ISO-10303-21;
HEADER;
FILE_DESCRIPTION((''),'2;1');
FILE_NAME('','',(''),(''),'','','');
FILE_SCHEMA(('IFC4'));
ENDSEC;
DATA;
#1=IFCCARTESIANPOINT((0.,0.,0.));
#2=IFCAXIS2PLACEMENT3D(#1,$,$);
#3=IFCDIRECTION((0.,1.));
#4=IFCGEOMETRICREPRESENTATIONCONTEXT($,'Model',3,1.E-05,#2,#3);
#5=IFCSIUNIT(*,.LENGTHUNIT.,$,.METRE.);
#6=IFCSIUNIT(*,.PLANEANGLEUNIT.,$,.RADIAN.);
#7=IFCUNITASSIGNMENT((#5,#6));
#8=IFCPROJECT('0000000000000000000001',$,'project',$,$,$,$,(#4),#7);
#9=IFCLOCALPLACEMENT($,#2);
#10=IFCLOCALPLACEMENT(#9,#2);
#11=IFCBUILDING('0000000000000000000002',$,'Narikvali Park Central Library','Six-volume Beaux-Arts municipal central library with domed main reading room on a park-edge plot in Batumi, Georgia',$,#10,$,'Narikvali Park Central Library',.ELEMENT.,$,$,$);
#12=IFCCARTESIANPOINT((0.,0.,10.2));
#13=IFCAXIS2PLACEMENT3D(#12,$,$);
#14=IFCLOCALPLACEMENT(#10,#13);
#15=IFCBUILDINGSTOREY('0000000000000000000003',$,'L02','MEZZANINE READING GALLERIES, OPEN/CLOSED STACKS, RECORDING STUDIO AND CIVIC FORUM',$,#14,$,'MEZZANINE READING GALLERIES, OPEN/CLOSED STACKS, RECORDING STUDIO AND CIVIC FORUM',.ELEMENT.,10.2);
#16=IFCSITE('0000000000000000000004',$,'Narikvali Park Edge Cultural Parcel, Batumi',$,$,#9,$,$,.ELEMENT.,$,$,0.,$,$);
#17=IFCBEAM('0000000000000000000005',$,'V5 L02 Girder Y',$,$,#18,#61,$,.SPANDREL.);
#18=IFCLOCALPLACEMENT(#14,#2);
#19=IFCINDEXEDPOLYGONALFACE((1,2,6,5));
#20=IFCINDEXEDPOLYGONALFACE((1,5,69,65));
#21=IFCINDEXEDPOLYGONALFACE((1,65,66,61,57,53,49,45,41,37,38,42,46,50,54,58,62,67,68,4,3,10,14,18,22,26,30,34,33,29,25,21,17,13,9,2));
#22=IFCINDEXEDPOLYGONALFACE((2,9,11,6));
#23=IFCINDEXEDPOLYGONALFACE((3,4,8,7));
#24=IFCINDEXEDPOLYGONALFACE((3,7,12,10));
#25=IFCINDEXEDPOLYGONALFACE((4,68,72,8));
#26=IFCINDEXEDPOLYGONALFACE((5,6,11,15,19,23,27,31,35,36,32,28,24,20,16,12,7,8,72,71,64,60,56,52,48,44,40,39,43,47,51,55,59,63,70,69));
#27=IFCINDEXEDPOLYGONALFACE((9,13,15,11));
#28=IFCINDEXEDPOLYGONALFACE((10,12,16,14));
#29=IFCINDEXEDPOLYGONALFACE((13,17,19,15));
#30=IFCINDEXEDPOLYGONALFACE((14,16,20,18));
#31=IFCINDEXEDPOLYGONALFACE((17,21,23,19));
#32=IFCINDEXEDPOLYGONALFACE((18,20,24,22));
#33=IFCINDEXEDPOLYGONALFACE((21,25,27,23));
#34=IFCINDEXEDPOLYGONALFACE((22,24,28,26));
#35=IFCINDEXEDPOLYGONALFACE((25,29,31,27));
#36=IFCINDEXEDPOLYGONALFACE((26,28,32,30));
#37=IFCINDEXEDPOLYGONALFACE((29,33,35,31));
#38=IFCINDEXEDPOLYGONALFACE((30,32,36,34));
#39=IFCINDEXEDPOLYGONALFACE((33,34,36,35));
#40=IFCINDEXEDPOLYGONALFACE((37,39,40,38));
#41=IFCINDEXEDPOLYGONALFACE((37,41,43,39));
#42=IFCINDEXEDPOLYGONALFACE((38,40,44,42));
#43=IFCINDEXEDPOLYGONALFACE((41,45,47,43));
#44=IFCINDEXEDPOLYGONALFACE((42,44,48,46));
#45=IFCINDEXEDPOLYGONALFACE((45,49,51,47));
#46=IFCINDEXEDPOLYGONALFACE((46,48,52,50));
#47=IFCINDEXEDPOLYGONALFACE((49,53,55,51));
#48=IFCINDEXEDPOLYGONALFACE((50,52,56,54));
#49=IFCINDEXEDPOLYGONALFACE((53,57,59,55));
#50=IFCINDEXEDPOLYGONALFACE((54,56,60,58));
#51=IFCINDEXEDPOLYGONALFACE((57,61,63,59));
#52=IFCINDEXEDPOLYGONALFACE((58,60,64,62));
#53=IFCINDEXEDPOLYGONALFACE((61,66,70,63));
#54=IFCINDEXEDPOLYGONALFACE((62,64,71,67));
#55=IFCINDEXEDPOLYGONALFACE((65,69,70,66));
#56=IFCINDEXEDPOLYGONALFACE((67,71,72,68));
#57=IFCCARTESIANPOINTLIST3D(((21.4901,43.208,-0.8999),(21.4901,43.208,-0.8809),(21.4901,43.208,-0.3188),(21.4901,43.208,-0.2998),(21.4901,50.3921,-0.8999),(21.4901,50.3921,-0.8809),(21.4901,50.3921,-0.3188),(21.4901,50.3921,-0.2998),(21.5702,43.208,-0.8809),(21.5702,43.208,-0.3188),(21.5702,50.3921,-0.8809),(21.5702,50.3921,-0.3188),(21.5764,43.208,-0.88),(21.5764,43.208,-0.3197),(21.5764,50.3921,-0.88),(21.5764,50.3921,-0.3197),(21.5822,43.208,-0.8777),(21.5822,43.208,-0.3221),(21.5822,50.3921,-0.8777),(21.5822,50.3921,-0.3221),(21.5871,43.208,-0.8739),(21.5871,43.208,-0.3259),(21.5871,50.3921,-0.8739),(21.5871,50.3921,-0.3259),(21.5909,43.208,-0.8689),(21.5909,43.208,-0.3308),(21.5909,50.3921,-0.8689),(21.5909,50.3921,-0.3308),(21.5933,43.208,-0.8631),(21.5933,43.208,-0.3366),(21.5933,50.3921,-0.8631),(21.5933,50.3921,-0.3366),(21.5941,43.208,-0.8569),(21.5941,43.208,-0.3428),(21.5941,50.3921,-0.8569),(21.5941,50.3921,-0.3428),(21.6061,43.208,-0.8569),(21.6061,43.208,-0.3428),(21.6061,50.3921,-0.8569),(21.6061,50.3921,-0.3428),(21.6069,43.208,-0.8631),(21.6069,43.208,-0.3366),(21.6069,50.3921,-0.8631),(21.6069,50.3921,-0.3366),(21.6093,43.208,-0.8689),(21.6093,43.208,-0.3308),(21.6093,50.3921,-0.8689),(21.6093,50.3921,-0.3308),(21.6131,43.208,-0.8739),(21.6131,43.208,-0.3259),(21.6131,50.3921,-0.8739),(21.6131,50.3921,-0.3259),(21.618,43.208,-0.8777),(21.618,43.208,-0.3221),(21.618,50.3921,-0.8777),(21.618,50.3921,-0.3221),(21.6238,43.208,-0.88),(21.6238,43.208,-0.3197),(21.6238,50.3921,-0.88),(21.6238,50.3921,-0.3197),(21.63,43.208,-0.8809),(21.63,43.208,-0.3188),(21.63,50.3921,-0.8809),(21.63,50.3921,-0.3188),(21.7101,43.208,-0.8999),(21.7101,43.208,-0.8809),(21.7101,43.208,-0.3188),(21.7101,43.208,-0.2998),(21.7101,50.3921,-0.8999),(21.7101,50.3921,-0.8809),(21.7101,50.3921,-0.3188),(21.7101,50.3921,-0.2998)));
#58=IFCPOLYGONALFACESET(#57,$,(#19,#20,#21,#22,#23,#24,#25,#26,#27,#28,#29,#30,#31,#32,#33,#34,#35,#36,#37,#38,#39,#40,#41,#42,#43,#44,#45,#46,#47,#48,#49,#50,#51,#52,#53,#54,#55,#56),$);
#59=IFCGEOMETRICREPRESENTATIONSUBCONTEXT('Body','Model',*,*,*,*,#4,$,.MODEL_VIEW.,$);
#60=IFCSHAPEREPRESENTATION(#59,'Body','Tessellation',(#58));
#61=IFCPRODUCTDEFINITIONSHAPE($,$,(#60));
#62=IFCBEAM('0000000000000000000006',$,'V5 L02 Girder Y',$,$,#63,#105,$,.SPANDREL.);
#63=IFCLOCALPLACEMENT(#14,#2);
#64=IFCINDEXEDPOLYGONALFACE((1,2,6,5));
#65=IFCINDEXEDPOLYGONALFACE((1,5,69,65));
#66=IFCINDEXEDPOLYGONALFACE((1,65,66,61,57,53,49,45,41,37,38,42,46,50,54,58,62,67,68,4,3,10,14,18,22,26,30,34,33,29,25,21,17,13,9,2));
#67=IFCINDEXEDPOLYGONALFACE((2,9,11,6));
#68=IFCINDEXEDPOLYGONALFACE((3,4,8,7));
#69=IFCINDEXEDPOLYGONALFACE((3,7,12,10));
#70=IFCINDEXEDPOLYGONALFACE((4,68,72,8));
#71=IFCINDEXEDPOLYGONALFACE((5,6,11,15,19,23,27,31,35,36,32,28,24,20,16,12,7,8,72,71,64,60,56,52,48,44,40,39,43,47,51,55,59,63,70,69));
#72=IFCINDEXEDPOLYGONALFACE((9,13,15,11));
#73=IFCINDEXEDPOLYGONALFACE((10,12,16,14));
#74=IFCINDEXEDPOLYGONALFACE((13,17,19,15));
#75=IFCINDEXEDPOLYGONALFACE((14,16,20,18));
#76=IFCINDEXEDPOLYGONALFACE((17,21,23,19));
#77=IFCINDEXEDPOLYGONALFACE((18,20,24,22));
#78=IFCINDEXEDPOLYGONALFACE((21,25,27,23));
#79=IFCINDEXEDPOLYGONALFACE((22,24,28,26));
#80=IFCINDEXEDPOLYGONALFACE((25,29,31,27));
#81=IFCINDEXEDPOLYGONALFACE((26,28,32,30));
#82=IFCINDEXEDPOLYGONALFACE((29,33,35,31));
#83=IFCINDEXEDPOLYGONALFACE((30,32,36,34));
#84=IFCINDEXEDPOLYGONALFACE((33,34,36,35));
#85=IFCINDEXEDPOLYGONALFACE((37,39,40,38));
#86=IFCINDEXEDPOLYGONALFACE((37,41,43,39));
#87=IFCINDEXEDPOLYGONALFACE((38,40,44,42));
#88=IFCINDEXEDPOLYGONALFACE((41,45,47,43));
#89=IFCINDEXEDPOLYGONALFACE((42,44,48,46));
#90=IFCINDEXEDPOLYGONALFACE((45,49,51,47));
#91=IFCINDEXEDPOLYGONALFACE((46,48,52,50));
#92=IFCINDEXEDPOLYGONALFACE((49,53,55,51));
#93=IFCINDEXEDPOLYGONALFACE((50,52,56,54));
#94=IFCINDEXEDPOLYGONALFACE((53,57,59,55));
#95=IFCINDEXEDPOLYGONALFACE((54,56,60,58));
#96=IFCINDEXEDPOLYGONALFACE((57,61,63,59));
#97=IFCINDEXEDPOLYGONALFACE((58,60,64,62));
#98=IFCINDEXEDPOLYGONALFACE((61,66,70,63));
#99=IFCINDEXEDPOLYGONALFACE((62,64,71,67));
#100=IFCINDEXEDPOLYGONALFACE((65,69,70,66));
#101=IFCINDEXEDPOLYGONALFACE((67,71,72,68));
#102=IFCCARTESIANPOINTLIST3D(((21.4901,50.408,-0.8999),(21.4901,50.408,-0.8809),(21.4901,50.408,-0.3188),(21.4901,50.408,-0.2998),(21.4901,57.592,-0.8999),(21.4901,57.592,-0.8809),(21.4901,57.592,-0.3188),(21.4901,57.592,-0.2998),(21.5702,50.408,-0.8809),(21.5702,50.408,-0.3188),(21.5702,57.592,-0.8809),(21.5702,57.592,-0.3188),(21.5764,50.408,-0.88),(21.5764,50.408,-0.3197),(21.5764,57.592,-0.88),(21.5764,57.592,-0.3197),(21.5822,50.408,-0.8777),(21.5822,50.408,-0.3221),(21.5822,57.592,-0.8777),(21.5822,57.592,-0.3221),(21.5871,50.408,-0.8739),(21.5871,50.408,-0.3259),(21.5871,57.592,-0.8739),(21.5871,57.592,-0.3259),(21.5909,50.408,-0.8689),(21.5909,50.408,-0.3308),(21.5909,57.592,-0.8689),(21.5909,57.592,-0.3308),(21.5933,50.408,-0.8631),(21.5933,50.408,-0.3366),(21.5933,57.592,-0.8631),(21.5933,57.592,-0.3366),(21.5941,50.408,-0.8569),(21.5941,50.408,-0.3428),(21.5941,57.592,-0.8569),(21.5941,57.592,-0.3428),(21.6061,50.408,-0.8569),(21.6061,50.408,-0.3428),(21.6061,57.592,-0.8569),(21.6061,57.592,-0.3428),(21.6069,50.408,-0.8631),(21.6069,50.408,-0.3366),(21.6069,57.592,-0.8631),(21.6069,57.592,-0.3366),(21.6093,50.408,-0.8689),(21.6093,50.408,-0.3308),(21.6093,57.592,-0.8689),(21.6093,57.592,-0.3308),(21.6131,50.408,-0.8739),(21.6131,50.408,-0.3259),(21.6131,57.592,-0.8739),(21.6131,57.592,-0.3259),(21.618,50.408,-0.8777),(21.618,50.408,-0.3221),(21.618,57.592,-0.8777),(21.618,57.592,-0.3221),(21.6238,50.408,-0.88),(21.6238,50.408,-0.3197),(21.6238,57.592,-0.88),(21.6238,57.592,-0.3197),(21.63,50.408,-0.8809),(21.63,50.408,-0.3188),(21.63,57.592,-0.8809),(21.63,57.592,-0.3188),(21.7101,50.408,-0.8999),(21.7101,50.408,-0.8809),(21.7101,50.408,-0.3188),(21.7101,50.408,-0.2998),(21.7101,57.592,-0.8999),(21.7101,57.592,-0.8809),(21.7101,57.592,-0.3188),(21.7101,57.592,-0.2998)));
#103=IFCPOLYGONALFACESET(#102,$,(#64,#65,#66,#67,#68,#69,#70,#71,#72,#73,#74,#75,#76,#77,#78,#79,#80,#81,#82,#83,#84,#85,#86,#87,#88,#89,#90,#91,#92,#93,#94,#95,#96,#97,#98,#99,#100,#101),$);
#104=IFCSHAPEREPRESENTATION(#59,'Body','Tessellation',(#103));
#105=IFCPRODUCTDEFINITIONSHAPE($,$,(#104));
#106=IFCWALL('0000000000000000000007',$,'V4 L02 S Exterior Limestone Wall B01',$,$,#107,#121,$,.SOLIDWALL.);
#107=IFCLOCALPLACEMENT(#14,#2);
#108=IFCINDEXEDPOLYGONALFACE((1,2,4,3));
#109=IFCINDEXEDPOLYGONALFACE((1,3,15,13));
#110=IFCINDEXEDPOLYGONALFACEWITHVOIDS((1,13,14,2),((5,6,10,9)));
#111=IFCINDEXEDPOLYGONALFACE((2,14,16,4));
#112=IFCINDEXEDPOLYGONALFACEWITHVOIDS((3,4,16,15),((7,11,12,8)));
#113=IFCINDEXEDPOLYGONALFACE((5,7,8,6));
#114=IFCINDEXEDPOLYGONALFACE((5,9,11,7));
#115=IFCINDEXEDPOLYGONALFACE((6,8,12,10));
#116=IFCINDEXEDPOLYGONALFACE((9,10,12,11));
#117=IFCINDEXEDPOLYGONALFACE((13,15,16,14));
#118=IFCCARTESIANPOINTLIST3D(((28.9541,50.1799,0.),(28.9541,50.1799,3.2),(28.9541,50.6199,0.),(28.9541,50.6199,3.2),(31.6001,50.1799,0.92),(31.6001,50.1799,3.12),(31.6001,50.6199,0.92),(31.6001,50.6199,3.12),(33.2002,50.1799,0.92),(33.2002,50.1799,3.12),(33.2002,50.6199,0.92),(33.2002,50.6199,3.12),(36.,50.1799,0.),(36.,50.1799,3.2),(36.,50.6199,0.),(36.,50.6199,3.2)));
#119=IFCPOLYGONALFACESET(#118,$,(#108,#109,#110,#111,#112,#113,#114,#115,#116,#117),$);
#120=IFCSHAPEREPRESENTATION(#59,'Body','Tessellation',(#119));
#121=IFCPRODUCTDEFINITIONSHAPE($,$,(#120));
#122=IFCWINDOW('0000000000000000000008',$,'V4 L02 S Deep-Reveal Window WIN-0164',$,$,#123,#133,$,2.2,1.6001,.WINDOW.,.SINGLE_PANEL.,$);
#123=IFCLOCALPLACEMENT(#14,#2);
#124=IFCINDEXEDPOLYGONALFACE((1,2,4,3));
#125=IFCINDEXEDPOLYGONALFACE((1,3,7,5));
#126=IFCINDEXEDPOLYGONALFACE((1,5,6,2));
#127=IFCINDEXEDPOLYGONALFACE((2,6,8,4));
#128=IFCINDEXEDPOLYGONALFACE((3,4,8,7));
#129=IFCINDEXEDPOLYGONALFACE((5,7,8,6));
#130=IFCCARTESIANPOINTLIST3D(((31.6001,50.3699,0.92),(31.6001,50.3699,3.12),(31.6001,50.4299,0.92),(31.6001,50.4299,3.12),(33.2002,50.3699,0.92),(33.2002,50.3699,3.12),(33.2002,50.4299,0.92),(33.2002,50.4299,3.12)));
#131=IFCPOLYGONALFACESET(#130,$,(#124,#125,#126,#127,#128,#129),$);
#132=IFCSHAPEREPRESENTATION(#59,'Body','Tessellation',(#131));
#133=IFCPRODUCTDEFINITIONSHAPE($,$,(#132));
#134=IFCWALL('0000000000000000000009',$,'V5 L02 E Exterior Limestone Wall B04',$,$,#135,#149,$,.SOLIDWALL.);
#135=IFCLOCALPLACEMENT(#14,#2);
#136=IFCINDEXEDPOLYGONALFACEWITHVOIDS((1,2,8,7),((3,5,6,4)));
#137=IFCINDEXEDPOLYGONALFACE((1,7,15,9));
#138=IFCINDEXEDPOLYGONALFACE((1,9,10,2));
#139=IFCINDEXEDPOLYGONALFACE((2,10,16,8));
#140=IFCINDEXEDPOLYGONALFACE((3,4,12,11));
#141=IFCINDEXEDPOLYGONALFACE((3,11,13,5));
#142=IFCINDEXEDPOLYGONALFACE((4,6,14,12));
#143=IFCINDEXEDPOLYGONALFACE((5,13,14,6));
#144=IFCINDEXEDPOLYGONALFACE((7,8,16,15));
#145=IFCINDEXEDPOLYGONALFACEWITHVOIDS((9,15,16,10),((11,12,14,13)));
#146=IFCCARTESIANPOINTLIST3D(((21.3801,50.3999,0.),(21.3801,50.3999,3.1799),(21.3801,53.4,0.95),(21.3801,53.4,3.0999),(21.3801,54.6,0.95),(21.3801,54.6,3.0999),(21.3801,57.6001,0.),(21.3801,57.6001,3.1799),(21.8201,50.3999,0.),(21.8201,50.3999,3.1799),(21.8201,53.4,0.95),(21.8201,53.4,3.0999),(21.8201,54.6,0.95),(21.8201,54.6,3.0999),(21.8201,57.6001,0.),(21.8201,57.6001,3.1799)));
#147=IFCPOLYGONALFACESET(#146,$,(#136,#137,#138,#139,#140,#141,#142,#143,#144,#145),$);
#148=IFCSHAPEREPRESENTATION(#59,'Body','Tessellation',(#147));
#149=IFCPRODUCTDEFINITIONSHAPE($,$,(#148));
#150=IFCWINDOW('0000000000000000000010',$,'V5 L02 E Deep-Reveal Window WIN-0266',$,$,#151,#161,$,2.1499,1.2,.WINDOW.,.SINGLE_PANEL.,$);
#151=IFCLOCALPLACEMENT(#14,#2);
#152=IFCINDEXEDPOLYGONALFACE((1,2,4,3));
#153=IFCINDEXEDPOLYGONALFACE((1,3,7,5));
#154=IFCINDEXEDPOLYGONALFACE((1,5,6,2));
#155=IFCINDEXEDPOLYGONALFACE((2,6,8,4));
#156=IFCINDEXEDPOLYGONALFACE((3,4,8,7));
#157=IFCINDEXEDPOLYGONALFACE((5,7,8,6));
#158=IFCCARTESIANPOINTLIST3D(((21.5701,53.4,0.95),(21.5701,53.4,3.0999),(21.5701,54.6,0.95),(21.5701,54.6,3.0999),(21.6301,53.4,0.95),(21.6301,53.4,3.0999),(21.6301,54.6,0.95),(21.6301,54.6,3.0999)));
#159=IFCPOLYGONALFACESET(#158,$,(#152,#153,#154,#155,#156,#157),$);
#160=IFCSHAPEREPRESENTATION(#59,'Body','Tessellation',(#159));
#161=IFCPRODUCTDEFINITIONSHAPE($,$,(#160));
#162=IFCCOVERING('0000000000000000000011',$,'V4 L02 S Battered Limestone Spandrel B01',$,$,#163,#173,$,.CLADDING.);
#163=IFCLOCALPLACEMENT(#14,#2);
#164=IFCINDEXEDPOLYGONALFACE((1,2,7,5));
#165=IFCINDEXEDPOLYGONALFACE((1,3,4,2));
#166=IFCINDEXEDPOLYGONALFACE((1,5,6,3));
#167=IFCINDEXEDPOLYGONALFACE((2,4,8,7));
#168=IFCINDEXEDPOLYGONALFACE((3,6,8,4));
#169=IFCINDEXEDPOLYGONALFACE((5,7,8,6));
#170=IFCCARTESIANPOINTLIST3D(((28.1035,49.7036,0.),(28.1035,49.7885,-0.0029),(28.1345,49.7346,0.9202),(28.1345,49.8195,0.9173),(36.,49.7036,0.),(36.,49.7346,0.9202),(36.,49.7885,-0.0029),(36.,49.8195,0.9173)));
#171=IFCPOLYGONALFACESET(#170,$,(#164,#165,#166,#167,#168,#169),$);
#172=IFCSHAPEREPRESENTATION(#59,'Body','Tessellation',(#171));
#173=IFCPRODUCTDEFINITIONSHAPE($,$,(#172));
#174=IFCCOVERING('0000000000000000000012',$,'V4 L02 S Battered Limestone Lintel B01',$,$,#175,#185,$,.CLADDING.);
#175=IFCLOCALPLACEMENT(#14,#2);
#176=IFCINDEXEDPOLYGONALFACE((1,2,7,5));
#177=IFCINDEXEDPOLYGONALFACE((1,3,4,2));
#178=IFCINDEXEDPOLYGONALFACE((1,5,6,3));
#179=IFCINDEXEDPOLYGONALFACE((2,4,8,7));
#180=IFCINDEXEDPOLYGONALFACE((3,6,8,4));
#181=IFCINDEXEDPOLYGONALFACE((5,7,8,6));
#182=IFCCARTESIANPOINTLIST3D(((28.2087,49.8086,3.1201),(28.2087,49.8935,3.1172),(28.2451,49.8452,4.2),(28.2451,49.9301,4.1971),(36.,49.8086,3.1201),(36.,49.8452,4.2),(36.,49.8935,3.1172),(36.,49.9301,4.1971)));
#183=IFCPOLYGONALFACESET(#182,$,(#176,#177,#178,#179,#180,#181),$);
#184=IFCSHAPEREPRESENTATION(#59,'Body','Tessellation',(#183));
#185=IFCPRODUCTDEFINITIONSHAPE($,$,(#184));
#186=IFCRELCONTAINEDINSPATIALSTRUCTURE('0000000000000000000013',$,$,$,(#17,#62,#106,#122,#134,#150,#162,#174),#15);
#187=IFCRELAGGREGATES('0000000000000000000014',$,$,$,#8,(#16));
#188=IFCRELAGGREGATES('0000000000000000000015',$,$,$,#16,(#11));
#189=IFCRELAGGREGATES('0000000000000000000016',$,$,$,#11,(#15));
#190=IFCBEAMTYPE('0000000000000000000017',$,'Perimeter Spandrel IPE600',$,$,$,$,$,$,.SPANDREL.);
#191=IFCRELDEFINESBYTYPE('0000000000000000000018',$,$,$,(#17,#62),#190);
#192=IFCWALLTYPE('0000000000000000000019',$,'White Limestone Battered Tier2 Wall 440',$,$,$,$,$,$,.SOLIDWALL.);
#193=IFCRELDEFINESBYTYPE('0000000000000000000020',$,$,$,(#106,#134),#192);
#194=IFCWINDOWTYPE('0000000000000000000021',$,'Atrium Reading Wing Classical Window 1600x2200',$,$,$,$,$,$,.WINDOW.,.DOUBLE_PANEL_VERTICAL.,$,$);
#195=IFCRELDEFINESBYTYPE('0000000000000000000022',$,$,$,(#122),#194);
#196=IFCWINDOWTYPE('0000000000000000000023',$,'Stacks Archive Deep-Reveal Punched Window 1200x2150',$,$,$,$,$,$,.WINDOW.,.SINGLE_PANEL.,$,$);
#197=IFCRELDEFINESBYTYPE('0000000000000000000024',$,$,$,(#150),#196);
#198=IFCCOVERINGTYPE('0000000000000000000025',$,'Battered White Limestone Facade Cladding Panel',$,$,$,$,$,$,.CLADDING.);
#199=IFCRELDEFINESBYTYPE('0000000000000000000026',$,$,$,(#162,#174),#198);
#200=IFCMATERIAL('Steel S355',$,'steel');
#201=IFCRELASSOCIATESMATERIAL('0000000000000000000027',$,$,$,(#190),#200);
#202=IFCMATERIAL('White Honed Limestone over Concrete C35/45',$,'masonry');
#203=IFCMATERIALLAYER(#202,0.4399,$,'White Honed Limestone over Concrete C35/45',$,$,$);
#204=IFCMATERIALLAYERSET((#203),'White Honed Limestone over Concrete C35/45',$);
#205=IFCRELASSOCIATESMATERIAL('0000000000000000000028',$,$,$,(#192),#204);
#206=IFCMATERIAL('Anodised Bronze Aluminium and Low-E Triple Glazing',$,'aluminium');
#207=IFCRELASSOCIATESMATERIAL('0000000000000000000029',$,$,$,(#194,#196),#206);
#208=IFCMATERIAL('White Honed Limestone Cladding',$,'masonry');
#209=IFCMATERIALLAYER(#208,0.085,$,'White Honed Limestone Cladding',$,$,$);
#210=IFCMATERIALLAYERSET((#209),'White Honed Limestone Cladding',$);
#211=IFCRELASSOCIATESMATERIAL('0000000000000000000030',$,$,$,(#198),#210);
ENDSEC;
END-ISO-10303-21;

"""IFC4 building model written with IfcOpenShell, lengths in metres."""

from ifc_helpers import new_model, si_unit, direction, frame, frame_2d, origin, origin_2d, place, context, subcontext, project, spatial, polyline, rectangle, i_section, outline, extrude, material, layer, layer_set, material_profile, profile_set, type_object, element, fill, save


model = new_model("IFC4")

# Units and contexts
model_context = context("Model", 3, precision=1e-05, world=origin(), true_north=direction((0.0, 1.0)))
body_context = subcontext(model_context, "Body", "Model", "MODEL_VIEW")
ifc_project = project(units=[si_unit("LENGTHUNIT", "METRE"), si_unit("PLANEANGLEUNIT", "RADIAN")], contexts=[model_context])

# Site, building, storey
site_placement = place(None, origin())
site = spatial("IfcSite", under=ifc_project, at=site_placement, Name="Narikvali Park Edge Cultural Parcel, Batumi", CompositionType="ELEMENT", RefElevation=0.0)
building_placement = place(site_placement, origin())
building = spatial("IfcBuilding", under=site, at=building_placement, Name="Narikvali Park Central Library", Description="Six-volume Beaux-Arts municipal central library with domed main reading room on a park-edge plot in Batumi, Georgia", LongName="Narikvali Park Central Library", CompositionType="ELEMENT")
storey_placement = place(building_placement, frame((0.0, 0.0, 10.2)))
storey = spatial("IfcBuildingStorey", under=building, at=storey_placement, Name="L02", Description="MEZZANINE READING GALLERIES, OPEN/CLOSED STACKS, RECORDING STUDIO AND CIVIC FORUM", LongName="MEZZANINE READING GALLERIES, OPEN/CLOSED STACKS, RECORDING STUDIO AND CIVIC FORUM", CompositionType="ELEMENT", Elevation=10.2)

# Shared definitions
ifc_material_1 = material(Name="Steel S355", Category="steel")

# Beams
ifc_material_profile_1 = material_profile(ifc_material_1, i_section(OverallWidth=0.22, OverallDepth=0.6001, WebThickness=0.012, FlangeThickness=0.019, FilletRadius=0.0239, at=origin_2d()), Name="IPE 600")
ifc_profile_set_1 = profile_set([ifc_material_profile_1], Name="Steel S355")
beam_type_1 = type_object("IfcBeamType", Name="Perimeter Spandrel IPE600", PredefinedType="SPANDREL", material=ifc_profile_set_1)
for number, where, z_axis, x_axis, name in (
    (1, (21.6001, 43.208, -0.5999), (0.0, 1.0, 0.0), (-1.0, 0.0, 0.0), "V5 L02 Girder Y"),
    (2, (21.6001, 50.408, -0.5999), (0.0, 1.0, 0.0), (-1.0, 0.0, 0.0), "V5 L02 Girder Y"),
):
    element("IfcBeam", number, at=place(storey_placement, frame(where, z_axis=z_axis, x_axis=x_axis)), inside=storey, type_object=beam_type_1, Name=name, PredefinedType="SPANDREL", context=body_context, shape_type="SweptSolid", body=[
        extrude(i_section(OverallWidth=0.22, OverallDepth=0.6001, WebThickness=0.012, FlangeThickness=0.019, FilletRadius=0.0239, at=origin_2d()), origin(), (0.0, 0.0, 1.0), 7.1841),
    ])

# Walls, openings, windows
ifc_material_2 = material(Name="White Honed Limestone over Concrete C35/45", Category="masonry")
ifc_layer_1 = layer(ifc_material_2, 0.4399, Name="White Honed Limestone over Concrete C35/45")
ifc_layer_set_1 = layer_set([ifc_layer_1], Name="White Honed Limestone over Concrete C35/45")
wall_type = type_object("IfcWallType", Name="White Limestone Battered Tier2 Wall 440", PredefinedType="SOLIDWALL", material=ifc_layer_set_1)
wall_1_placement = place(storey_placement, frame((28.9541, 50.3999, 0.0), z_axis=(0.0, 0.0, 1.0), x_axis=(1.0, 0.0, 0.0)))
wall_1 = element("IfcWall", 3, at=wall_1_placement, inside=storey, type_object=wall_type, Name="V4 L02 S Exterior Limestone Wall B01", PredefinedType="SOLIDWALL", context=body_context, shape_type="SweptSolid", body=[
    extrude(rectangle(XDim=7.0459, YDim=0.4399, at=frame_2d((3.5229, 0.0))), origin(), (0.0, 0.0, 1.0), 3.2),
])
opening_1_placement = place(wall_1_placement, frame((2.646, 0.0, 0.9199)))
opening_1 = element("IfcOpeningElement", 4, at=opening_1_placement, cuts=wall_1, PredefinedType="OPENING", context=body_context, shape_type="SweptSolid", body=[
    extrude(rectangle(XDim=1.6001, YDim=2.2, at=frame_2d((0.8, 1.1001))), frame((0.0, 0.2319, 0.0), z_axis=(0.0, -1.0, 0.0), x_axis=(1.0, 0.0, 0.0)), (0.0, 0.0, 1.0), 0.4639),
])
ifc_material_3 = material(Name="Anodised Bronze Aluminium and Low-E Triple Glazing", Category="aluminium")
window_type_1 = type_object("IfcWindowType", Name="Atrium Reading Wing Classical Window 1600x2200", PartitioningType="DOUBLE_PANEL_VERTICAL", PredefinedType="WINDOW", material=ifc_material_3)
window_1_placement = place(opening_1_placement, origin())
window_1 = element("IfcWindow", 5, at=window_1_placement, inside=storey, type_object=window_type_1, Name="V4 L02 S Deep-Reveal Window WIN-0164", OverallHeight=2.2, OverallWidth=1.6001, PartitioningType="SINGLE_PANEL", PredefinedType="WINDOW", context=body_context, shape_type="SweptSolid", body=[
    extrude(rectangle(XDim=1.6001, YDim=2.2, at=frame_2d((0.8, 1.1001))), frame((0.0, 0.03, 0.0), z_axis=(0.0, -1.0, 0.0), x_axis=(1.0, 0.0, 0.0)), (0.0, 0.0, 1.0), 0.0601),
])
fill(opening_1, window_1)
wall_2_placement = place(storey_placement, frame((21.6001, 50.3999, 0.0), z_axis=(0.0, 0.0, 1.0), x_axis=(0.0, 1.0, 0.0)))
wall_2 = element("IfcWall", 6, at=wall_2_placement, inside=storey, type_object=wall_type, Name="V5 L02 E Exterior Limestone Wall B04", PredefinedType="SOLIDWALL", context=body_context, shape_type="SweptSolid", body=[
    extrude(rectangle(XDim=7.2002, YDim=0.4399, at=frame_2d((3.6001, 0.0))), origin(), (0.0, 0.0, 1.0), 3.1799),
])
opening_2_placement = place(wall_2_placement, frame((3.0, 0.0, 0.95)))
opening_2 = element("IfcOpeningElement", 7, at=opening_2_placement, cuts=wall_2, PredefinedType="OPENING", context=body_context, shape_type="SweptSolid", body=[
    extrude(rectangle(XDim=1.2, YDim=2.1499, at=frame_2d((0.6001, 1.075))), frame((0.0, 0.2319, 0.0), z_axis=(0.0, -1.0, 0.0), x_axis=(1.0, 0.0, 0.0)), (0.0, 0.0, 1.0), 0.4639),
])
window_type_2 = type_object("IfcWindowType", Name="Stacks Archive Deep-Reveal Punched Window 1200x2150", PartitioningType="SINGLE_PANEL", PredefinedType="WINDOW", material=ifc_material_3)
window_2_placement = place(opening_2_placement, origin())
window_2 = element("IfcWindow", 8, at=window_2_placement, inside=storey, type_object=window_type_2, Name="V5 L02 E Deep-Reveal Window WIN-0266", OverallHeight=2.1499, OverallWidth=1.2, PartitioningType="SINGLE_PANEL", PredefinedType="WINDOW", context=body_context, shape_type="SweptSolid", body=[
    extrude(rectangle(XDim=1.2, YDim=2.1499, at=frame_2d((0.6001, 1.075))), frame((0.0, 0.03, 0.0), z_axis=(0.0, -1.0, 0.0), x_axis=(1.0, 0.0, 0.0)), (0.0, 0.0, 1.0), 0.0601),
])
fill(opening_2, window_2)

# Coverings
ifc_material_4 = material(Name="White Honed Limestone Cladding", Category="masonry")
ifc_layer_2 = layer(ifc_material_4, 0.085, Name="White Honed Limestone Cladding")
ifc_layer_set_2 = layer_set([ifc_layer_2], Name="White Honed Limestone Cladding")
covering_type = type_object("IfcCoveringType", Name="Battered White Limestone Facade Cladding Panel", PredefinedType="CLADDING", material=ifc_layer_set_2)
covering_1_placement = place(storey_placement, frame((28.1035, 49.7036, 0.0), z_axis=(0.0, -0.999433, 0.033677), x_axis=(1.0, 0.0, 0.0)))
element("IfcCovering", 9, at=covering_1_placement, inside=storey, type_object=covering_type, Name="V4 L02 S Battered Limestone Spandrel B01", PredefinedType="CLADDING", context=body_context, shape_type="SweptSolid", body=[
    extrude(outline(polyline([(0.0, 0.0), (7.8965, 0.0), (7.8965, 0.9207), (0.031, 0.9207), (0.0, 0.0)])), origin(), (0.0, 0.0, -1.0), 0.085),
])
covering_2_placement = place(storey_placement, frame((28.2087, 49.8086, 3.1201), z_axis=(0.0, -0.999425, 0.033894), x_axis=(1.0, 0.0, 0.0)))
element("IfcCovering", 10, at=covering_2_placement, inside=storey, type_object=covering_type, Name="V4 L02 S Battered Limestone Lintel B01", PredefinedType="CLADDING", context=body_context, shape_type="SweptSolid", body=[
    extrude(outline(polyline([(0.0, 0.0), (7.7913, 0.0), (7.7913, 1.0805), (0.0364, 1.0805), (0.0, 0.0)])), origin(), (0.0, 0.0, -1.0), 0.085),
])

save(model, "model.ifc")
